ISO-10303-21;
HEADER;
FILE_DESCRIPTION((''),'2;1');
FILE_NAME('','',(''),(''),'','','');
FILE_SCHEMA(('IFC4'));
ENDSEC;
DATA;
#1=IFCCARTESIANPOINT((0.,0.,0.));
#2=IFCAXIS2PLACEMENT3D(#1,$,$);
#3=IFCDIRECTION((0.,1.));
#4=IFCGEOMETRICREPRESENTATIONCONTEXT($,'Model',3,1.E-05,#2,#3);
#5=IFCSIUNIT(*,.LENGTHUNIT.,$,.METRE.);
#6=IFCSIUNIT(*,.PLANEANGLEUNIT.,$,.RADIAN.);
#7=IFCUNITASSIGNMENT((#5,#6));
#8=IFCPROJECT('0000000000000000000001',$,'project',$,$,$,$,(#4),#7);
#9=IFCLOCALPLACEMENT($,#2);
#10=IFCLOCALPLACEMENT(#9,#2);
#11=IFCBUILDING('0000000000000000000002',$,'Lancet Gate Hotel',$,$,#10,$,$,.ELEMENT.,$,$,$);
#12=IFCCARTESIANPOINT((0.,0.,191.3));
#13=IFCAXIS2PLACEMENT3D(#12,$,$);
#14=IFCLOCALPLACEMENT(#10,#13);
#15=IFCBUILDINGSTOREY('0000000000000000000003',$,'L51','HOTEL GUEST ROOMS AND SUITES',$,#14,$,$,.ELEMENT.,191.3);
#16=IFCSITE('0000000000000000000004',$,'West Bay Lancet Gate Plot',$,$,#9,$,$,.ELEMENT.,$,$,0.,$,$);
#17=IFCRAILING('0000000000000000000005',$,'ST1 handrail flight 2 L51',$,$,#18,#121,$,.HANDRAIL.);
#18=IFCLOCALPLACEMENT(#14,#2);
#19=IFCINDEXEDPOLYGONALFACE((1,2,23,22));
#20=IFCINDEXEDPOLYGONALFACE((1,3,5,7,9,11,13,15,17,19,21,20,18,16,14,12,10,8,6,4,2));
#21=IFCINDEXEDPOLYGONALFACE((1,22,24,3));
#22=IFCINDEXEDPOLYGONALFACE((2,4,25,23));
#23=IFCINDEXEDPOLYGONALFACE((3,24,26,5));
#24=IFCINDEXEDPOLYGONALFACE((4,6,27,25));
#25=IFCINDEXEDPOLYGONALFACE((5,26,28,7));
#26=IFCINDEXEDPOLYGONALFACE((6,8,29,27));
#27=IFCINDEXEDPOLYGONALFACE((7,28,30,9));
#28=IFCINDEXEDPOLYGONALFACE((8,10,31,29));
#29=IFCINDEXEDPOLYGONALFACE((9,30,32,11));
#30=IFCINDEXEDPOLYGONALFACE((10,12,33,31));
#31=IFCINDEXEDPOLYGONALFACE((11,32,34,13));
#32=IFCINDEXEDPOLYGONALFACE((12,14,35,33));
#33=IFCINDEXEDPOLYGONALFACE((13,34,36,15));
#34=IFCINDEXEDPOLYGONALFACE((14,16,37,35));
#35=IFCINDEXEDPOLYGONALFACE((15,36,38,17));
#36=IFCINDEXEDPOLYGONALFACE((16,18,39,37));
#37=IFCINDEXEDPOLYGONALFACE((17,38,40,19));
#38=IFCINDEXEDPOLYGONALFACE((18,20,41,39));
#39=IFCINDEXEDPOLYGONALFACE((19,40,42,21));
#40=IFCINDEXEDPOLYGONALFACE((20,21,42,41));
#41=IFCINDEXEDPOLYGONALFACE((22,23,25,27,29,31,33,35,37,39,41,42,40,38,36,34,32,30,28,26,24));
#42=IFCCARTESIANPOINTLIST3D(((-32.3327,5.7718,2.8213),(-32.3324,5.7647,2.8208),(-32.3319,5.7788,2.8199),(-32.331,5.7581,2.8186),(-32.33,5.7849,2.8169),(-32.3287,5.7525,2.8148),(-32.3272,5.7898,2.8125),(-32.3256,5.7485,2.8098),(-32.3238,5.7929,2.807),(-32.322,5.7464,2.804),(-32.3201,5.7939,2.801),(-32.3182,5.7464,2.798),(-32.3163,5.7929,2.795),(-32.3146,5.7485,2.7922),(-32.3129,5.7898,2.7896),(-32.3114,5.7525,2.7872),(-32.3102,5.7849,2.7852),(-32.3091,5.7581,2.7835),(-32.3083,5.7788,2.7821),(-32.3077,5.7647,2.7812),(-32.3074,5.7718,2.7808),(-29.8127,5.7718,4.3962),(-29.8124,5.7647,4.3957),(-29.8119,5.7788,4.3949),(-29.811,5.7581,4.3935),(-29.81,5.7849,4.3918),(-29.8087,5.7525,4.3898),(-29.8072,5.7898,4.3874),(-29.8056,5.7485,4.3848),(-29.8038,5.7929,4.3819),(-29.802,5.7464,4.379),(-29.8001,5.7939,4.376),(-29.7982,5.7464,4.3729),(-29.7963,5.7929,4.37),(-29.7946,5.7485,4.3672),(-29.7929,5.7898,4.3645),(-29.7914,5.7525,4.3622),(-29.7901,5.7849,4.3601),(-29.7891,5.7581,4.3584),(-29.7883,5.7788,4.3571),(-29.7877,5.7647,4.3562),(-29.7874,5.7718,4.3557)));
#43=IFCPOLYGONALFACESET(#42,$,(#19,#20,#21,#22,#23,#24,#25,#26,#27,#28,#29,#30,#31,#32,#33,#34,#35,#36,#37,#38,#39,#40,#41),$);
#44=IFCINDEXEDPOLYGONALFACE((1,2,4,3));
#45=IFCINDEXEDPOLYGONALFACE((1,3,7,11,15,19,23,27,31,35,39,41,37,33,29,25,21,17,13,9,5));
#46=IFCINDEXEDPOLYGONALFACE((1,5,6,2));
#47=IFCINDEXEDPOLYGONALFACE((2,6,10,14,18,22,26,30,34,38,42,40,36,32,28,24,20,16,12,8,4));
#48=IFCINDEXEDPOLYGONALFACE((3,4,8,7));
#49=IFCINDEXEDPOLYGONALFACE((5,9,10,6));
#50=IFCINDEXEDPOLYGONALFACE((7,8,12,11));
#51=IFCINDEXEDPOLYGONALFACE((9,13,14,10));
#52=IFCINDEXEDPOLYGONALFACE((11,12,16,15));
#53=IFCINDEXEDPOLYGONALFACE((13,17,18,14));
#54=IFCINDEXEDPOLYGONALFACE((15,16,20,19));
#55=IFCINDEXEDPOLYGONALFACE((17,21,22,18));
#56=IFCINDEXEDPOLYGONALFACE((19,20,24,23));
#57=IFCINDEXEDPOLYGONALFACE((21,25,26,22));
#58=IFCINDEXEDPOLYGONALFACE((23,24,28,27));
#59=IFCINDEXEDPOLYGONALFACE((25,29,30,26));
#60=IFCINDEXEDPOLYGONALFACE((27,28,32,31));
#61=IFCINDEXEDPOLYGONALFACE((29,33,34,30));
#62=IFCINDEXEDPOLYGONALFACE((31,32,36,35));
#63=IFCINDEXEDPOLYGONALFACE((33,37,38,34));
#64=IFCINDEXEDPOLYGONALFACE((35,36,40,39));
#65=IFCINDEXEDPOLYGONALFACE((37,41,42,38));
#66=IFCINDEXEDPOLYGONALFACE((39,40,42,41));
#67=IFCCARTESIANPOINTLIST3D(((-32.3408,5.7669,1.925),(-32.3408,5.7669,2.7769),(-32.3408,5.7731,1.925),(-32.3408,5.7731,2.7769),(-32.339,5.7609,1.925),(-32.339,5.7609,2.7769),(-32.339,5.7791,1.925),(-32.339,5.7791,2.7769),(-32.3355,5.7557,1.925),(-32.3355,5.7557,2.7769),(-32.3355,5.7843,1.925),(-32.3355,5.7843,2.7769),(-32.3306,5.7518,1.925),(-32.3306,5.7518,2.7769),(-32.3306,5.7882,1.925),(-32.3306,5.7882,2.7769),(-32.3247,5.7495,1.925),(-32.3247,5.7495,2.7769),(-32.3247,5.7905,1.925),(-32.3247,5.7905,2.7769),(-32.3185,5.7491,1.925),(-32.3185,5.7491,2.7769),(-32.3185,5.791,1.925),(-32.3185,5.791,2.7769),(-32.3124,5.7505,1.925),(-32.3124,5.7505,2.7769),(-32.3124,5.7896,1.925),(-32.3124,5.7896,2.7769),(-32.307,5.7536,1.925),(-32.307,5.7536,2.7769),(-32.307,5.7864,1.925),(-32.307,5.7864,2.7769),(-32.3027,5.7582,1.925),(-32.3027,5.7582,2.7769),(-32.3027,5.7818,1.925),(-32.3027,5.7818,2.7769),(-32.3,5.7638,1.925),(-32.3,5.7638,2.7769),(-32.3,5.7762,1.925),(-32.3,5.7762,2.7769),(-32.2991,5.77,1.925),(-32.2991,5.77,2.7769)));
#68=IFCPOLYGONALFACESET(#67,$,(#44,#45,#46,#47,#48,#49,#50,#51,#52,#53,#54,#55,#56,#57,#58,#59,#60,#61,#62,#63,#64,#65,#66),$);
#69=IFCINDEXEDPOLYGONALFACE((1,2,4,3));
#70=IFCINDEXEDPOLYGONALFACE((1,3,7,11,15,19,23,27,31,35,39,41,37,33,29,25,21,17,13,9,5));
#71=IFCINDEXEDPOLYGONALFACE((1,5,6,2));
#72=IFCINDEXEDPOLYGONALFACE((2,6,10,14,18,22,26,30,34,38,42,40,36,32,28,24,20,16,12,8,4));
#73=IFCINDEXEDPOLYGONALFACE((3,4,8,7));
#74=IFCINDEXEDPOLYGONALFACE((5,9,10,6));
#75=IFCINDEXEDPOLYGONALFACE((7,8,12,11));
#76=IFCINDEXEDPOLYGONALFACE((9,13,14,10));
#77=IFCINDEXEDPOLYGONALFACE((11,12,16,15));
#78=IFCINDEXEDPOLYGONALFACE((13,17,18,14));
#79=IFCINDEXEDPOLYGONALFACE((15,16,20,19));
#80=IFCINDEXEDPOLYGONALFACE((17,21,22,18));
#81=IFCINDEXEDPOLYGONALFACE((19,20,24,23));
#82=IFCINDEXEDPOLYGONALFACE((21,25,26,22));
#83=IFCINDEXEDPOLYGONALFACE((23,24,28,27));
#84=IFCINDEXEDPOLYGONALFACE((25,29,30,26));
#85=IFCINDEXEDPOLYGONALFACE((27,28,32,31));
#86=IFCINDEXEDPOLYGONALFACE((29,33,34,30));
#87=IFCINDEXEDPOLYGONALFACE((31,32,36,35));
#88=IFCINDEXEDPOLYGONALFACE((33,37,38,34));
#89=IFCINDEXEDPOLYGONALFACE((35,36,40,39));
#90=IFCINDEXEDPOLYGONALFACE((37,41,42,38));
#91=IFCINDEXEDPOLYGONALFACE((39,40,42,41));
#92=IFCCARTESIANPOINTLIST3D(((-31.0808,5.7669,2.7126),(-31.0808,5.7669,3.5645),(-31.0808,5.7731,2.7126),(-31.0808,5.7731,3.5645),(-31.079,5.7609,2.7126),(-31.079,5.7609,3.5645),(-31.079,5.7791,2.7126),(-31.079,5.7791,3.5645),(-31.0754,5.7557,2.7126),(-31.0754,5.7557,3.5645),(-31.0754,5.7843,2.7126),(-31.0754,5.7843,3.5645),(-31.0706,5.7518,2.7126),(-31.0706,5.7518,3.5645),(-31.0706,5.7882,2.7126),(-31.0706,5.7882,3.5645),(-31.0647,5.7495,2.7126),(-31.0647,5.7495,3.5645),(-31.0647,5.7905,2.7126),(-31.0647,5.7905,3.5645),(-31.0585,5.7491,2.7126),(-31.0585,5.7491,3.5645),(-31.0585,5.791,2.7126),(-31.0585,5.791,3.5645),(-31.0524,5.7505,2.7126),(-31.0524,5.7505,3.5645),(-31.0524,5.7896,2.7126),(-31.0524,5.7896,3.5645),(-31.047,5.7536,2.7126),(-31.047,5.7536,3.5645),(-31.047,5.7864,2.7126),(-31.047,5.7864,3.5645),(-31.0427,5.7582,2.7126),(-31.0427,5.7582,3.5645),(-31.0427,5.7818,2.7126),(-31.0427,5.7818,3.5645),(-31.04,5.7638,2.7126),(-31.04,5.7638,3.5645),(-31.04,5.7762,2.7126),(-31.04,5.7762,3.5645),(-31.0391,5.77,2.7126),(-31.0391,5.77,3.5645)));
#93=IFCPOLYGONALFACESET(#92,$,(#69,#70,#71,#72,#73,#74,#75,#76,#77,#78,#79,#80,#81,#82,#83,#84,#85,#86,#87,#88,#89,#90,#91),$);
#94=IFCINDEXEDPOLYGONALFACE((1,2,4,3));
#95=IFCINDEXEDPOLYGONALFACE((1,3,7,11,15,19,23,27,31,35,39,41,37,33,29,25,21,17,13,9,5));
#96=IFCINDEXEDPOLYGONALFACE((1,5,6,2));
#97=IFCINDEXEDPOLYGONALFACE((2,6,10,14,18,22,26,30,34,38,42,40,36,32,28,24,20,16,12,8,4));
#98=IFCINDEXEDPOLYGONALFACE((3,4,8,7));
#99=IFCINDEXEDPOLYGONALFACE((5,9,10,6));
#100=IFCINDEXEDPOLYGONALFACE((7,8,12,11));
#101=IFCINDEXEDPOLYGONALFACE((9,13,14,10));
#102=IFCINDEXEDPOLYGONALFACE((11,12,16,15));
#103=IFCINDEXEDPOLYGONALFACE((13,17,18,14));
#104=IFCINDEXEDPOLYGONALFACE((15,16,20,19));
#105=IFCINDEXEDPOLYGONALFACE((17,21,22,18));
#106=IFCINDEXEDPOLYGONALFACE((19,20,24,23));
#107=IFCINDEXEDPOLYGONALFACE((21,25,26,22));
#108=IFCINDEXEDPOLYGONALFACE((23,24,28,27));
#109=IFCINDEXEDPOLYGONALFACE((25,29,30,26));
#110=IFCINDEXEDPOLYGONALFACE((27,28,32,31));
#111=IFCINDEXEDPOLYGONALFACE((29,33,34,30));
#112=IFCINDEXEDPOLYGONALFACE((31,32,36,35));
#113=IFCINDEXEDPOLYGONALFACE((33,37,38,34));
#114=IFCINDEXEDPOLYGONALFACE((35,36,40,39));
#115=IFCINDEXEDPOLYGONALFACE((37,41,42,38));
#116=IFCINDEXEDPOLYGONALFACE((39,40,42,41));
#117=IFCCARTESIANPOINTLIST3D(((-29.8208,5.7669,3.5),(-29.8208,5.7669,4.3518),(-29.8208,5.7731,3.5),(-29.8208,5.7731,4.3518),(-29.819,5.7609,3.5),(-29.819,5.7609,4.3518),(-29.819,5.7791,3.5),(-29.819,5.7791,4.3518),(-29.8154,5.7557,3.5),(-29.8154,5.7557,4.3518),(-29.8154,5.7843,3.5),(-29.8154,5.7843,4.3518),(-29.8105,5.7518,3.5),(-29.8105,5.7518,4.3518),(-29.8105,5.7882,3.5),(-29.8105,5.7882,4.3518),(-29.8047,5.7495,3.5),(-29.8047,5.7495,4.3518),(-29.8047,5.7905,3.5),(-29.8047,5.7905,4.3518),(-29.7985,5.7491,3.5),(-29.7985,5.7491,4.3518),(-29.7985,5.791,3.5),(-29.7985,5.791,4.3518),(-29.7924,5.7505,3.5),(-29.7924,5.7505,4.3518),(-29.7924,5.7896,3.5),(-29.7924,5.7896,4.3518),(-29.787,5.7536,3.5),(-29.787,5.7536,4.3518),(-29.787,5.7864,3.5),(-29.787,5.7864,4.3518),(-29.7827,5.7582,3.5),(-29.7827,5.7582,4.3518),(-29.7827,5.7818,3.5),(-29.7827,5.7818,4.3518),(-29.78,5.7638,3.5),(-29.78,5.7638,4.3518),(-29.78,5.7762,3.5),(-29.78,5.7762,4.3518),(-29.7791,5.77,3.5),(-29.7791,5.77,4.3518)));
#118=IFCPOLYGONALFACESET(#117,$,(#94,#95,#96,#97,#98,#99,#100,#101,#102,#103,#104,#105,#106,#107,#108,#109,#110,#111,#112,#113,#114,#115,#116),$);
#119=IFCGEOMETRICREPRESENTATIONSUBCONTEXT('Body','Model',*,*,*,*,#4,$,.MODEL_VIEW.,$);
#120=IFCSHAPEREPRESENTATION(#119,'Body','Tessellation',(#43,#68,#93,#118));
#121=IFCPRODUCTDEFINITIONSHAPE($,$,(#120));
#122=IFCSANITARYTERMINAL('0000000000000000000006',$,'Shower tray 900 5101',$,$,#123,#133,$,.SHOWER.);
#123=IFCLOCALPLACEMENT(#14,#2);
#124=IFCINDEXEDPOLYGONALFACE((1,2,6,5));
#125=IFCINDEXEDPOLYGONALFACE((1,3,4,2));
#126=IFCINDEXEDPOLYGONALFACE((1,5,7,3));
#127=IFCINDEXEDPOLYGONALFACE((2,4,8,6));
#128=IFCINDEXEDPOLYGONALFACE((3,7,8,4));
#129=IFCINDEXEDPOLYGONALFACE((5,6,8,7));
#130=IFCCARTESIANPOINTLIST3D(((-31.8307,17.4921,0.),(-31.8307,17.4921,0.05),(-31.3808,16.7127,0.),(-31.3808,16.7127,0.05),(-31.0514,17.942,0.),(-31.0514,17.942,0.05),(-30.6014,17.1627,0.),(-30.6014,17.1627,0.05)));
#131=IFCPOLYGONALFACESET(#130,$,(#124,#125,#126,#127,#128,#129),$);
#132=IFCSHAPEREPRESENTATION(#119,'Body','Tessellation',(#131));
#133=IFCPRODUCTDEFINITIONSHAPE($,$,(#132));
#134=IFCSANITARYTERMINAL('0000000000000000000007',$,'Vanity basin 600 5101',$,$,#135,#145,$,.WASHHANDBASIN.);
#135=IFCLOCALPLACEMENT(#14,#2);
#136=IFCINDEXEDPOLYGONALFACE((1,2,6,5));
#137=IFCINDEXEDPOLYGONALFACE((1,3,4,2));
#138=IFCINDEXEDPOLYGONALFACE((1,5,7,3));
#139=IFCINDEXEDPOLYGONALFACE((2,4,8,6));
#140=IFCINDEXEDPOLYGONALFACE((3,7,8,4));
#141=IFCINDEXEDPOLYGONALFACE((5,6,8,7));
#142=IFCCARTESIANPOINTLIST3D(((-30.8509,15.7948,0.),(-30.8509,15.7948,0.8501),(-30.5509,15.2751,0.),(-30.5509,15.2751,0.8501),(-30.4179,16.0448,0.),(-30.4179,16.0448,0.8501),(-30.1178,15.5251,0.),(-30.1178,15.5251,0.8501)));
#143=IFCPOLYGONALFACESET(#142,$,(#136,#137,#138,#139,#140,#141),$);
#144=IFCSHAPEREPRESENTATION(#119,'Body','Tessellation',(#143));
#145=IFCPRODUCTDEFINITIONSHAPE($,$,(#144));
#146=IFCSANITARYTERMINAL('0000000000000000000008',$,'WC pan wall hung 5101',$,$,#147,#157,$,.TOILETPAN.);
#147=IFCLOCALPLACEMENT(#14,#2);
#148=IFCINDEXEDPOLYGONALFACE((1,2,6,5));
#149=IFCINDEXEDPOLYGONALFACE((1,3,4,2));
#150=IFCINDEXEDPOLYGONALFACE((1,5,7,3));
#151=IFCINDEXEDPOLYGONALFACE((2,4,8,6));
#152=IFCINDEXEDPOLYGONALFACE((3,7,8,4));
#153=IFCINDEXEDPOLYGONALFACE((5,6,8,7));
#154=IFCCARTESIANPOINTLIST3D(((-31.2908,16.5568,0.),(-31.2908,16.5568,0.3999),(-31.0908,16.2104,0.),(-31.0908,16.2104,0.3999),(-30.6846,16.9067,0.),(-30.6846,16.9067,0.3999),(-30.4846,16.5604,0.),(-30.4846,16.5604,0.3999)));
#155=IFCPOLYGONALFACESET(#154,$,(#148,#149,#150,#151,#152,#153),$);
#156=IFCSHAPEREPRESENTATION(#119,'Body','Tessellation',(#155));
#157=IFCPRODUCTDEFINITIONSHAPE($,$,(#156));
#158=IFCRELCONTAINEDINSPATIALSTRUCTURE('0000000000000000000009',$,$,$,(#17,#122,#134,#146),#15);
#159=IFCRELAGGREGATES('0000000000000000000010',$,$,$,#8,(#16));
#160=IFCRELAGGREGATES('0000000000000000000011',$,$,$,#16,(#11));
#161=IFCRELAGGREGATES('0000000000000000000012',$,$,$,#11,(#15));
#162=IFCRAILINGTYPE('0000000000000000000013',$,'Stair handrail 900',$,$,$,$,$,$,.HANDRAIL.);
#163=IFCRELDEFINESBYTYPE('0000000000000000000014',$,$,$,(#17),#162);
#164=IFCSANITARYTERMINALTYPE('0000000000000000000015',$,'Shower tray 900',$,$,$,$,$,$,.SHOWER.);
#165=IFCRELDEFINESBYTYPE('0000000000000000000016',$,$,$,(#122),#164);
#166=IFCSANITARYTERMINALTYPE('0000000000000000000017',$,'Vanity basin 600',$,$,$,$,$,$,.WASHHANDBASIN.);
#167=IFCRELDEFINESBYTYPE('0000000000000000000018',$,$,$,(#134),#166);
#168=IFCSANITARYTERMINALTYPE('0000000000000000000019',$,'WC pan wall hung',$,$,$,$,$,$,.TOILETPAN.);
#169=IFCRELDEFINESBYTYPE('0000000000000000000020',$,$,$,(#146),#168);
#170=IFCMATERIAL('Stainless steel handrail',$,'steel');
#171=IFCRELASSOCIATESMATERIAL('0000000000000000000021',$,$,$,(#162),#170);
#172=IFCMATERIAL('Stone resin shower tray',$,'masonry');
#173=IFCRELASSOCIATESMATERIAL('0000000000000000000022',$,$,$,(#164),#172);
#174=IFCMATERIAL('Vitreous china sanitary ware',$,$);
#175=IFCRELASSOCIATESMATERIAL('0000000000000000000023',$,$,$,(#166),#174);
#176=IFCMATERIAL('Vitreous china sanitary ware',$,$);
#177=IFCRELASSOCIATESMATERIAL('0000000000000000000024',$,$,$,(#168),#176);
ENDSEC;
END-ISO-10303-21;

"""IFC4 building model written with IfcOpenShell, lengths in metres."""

from ifc_helpers import new_model, si_unit, direction, frame, origin, origin_2d, place, context, subcontext, project, spatial, rectangle, circle, extrude, material, type_object, element, save


model = new_model("IFC4")

# Units and contexts
model_context = context("Model", 3, precision=1e-05, world=origin(), true_north=direction((0.0, 1.0)))
body_context = subcontext(model_context, "Body", "Model", "MODEL_VIEW")
ifc_project = project(units=[si_unit("LENGTHUNIT", "METRE"), si_unit("PLANEANGLEUNIT", "RADIAN")], contexts=[model_context])

# Site, building, storey
site_placement = place(None, origin())
site = spatial("IfcSite", under=ifc_project, at=site_placement, Name="West Bay Lancet Gate Plot", CompositionType="ELEMENT", RefElevation=0.0)
building_placement = place(site_placement, origin())
building = spatial("IfcBuilding", under=site, at=building_placement, Name="Lancet Gate Hotel", CompositionType="ELEMENT")
storey_placement = place(building_placement, frame((0.0, 0.0, 191.3)))
storey = spatial("IfcBuildingStorey", under=building, at=storey_placement, Name="L51", Description="HOTEL GUEST ROOMS AND SUITES", CompositionType="ELEMENT", Elevation=191.3)

# Railing
ifc_material_1 = material(Name="Stainless steel handrail", Category="steel")
railing_type = type_object("IfcRailingType", Name="Stair handrail 900", PredefinedType="HANDRAIL", material=ifc_material_1)
railing_1_placement = place(storey_placement, frame((-32.3201, 5.77, 1.925)))
element("IfcRailing", 1, at=railing_1_placement, inside=storey, type_object=railing_type, Name="ST1 handrail flight 2 L51", PredefinedType="HANDRAIL", context=body_context, shape_type="SweptSolid", body=[
    extrude(circle(Radius=0.0239, at=origin_2d()), frame((0.0, 0.0, 0.876), z_axis=(0.848008, 0.0, 0.529984), x_axis=(0.0, 1.0, 0.0)), (0.0, 0.0, 1.0), 2.9717),
    extrude(circle(Radius=0.021, at=origin_2d()), origin(), (0.0, 0.0, 1.0), 0.8518),
    extrude(circle(Radius=0.021, at=origin_2d()), frame((1.26, 0.0, 0.7876)), (0.0, 0.0, 1.0), 0.8518),
    extrude(circle(Radius=0.021, at=origin_2d()), frame((2.52, 0.0, 1.575)), (0.0, 0.0, 1.0), 0.8518),
])

# Sanitary terminals
ifc_material_2 = material(Name="Stone resin shower tray", Category="masonry")
sanitary_terminal_type_1 = type_object("IfcSanitaryTerminalType", Name="Shower tray 900", PredefinedType="SHOWER", material=ifc_material_2)
sanitary_terminal_1_placement = place(storey_placement, frame((-31.2161, 17.3274, 0.0), z_axis=(0.0, 0.0, 1.0), x_axis=(-0.5, 0.866025, 0.0)))
element("IfcSanitaryTerminal", 2, at=sanitary_terminal_1_placement, inside=storey, type_object=sanitary_terminal_type_1, Name="Shower tray 900 5101", PredefinedType="SHOWER", context=body_context, shape_type="SweptSolid", body=[
    extrude(rectangle(XDim=0.8999, YDim=0.8999, at=origin_2d()), origin(), (0.0, 0.0, 1.0), 0.05),
])
ifc_material_3 = material(Name="Vitreous china sanitary ware")
sanitary_terminal_type_2 = type_object("IfcSanitaryTerminalType", Name="Vanity basin 600", PredefinedType="WASHHANDBASIN", material=ifc_material_3)
sanitary_terminal_2_placement = place(storey_placement, frame((-30.4844, 15.6599, 0.0), z_axis=(0.0, 0.0, 1.0), x_axis=(-0.5, 0.866025, 0.0)))
element("IfcSanitaryTerminal", 3, at=sanitary_terminal_2_placement, inside=storey, type_object=sanitary_terminal_type_2, Name="Vanity basin 600 5101", PredefinedType="WASHHANDBASIN", context=body_context, shape_type="SweptSolid", body=[
    extrude(rectangle(XDim=0.6001, YDim=0.5, at=origin_2d()), origin(), (0.0, 0.0, 1.0), 0.8501),
])
ifc_material_4 = material(Name="Vitreous china sanitary ware")
sanitary_terminal_type_3 = type_object("IfcSanitaryTerminalType", Name="WC pan wall hung", PredefinedType="TOILETPAN", material=ifc_material_4)
sanitary_terminal_3_placement = place(storey_placement, frame((-30.8877, 16.5586, 0.0), z_axis=(0.0, 0.0, 1.0), x_axis=(-0.5, 0.866025, 0.0)))
element("IfcSanitaryTerminal", 4, at=sanitary_terminal_3_placement, inside=storey, type_object=sanitary_terminal_type_3, Name="WC pan wall hung 5101", PredefinedType="TOILETPAN", context=body_context, shape_type="SweptSolid", body=[
    extrude(rectangle(XDim=0.3999, YDim=0.7, at=origin_2d()), origin(), (0.0, 0.0, 1.0), 0.3999),
])

save(model, "model.ifc")
